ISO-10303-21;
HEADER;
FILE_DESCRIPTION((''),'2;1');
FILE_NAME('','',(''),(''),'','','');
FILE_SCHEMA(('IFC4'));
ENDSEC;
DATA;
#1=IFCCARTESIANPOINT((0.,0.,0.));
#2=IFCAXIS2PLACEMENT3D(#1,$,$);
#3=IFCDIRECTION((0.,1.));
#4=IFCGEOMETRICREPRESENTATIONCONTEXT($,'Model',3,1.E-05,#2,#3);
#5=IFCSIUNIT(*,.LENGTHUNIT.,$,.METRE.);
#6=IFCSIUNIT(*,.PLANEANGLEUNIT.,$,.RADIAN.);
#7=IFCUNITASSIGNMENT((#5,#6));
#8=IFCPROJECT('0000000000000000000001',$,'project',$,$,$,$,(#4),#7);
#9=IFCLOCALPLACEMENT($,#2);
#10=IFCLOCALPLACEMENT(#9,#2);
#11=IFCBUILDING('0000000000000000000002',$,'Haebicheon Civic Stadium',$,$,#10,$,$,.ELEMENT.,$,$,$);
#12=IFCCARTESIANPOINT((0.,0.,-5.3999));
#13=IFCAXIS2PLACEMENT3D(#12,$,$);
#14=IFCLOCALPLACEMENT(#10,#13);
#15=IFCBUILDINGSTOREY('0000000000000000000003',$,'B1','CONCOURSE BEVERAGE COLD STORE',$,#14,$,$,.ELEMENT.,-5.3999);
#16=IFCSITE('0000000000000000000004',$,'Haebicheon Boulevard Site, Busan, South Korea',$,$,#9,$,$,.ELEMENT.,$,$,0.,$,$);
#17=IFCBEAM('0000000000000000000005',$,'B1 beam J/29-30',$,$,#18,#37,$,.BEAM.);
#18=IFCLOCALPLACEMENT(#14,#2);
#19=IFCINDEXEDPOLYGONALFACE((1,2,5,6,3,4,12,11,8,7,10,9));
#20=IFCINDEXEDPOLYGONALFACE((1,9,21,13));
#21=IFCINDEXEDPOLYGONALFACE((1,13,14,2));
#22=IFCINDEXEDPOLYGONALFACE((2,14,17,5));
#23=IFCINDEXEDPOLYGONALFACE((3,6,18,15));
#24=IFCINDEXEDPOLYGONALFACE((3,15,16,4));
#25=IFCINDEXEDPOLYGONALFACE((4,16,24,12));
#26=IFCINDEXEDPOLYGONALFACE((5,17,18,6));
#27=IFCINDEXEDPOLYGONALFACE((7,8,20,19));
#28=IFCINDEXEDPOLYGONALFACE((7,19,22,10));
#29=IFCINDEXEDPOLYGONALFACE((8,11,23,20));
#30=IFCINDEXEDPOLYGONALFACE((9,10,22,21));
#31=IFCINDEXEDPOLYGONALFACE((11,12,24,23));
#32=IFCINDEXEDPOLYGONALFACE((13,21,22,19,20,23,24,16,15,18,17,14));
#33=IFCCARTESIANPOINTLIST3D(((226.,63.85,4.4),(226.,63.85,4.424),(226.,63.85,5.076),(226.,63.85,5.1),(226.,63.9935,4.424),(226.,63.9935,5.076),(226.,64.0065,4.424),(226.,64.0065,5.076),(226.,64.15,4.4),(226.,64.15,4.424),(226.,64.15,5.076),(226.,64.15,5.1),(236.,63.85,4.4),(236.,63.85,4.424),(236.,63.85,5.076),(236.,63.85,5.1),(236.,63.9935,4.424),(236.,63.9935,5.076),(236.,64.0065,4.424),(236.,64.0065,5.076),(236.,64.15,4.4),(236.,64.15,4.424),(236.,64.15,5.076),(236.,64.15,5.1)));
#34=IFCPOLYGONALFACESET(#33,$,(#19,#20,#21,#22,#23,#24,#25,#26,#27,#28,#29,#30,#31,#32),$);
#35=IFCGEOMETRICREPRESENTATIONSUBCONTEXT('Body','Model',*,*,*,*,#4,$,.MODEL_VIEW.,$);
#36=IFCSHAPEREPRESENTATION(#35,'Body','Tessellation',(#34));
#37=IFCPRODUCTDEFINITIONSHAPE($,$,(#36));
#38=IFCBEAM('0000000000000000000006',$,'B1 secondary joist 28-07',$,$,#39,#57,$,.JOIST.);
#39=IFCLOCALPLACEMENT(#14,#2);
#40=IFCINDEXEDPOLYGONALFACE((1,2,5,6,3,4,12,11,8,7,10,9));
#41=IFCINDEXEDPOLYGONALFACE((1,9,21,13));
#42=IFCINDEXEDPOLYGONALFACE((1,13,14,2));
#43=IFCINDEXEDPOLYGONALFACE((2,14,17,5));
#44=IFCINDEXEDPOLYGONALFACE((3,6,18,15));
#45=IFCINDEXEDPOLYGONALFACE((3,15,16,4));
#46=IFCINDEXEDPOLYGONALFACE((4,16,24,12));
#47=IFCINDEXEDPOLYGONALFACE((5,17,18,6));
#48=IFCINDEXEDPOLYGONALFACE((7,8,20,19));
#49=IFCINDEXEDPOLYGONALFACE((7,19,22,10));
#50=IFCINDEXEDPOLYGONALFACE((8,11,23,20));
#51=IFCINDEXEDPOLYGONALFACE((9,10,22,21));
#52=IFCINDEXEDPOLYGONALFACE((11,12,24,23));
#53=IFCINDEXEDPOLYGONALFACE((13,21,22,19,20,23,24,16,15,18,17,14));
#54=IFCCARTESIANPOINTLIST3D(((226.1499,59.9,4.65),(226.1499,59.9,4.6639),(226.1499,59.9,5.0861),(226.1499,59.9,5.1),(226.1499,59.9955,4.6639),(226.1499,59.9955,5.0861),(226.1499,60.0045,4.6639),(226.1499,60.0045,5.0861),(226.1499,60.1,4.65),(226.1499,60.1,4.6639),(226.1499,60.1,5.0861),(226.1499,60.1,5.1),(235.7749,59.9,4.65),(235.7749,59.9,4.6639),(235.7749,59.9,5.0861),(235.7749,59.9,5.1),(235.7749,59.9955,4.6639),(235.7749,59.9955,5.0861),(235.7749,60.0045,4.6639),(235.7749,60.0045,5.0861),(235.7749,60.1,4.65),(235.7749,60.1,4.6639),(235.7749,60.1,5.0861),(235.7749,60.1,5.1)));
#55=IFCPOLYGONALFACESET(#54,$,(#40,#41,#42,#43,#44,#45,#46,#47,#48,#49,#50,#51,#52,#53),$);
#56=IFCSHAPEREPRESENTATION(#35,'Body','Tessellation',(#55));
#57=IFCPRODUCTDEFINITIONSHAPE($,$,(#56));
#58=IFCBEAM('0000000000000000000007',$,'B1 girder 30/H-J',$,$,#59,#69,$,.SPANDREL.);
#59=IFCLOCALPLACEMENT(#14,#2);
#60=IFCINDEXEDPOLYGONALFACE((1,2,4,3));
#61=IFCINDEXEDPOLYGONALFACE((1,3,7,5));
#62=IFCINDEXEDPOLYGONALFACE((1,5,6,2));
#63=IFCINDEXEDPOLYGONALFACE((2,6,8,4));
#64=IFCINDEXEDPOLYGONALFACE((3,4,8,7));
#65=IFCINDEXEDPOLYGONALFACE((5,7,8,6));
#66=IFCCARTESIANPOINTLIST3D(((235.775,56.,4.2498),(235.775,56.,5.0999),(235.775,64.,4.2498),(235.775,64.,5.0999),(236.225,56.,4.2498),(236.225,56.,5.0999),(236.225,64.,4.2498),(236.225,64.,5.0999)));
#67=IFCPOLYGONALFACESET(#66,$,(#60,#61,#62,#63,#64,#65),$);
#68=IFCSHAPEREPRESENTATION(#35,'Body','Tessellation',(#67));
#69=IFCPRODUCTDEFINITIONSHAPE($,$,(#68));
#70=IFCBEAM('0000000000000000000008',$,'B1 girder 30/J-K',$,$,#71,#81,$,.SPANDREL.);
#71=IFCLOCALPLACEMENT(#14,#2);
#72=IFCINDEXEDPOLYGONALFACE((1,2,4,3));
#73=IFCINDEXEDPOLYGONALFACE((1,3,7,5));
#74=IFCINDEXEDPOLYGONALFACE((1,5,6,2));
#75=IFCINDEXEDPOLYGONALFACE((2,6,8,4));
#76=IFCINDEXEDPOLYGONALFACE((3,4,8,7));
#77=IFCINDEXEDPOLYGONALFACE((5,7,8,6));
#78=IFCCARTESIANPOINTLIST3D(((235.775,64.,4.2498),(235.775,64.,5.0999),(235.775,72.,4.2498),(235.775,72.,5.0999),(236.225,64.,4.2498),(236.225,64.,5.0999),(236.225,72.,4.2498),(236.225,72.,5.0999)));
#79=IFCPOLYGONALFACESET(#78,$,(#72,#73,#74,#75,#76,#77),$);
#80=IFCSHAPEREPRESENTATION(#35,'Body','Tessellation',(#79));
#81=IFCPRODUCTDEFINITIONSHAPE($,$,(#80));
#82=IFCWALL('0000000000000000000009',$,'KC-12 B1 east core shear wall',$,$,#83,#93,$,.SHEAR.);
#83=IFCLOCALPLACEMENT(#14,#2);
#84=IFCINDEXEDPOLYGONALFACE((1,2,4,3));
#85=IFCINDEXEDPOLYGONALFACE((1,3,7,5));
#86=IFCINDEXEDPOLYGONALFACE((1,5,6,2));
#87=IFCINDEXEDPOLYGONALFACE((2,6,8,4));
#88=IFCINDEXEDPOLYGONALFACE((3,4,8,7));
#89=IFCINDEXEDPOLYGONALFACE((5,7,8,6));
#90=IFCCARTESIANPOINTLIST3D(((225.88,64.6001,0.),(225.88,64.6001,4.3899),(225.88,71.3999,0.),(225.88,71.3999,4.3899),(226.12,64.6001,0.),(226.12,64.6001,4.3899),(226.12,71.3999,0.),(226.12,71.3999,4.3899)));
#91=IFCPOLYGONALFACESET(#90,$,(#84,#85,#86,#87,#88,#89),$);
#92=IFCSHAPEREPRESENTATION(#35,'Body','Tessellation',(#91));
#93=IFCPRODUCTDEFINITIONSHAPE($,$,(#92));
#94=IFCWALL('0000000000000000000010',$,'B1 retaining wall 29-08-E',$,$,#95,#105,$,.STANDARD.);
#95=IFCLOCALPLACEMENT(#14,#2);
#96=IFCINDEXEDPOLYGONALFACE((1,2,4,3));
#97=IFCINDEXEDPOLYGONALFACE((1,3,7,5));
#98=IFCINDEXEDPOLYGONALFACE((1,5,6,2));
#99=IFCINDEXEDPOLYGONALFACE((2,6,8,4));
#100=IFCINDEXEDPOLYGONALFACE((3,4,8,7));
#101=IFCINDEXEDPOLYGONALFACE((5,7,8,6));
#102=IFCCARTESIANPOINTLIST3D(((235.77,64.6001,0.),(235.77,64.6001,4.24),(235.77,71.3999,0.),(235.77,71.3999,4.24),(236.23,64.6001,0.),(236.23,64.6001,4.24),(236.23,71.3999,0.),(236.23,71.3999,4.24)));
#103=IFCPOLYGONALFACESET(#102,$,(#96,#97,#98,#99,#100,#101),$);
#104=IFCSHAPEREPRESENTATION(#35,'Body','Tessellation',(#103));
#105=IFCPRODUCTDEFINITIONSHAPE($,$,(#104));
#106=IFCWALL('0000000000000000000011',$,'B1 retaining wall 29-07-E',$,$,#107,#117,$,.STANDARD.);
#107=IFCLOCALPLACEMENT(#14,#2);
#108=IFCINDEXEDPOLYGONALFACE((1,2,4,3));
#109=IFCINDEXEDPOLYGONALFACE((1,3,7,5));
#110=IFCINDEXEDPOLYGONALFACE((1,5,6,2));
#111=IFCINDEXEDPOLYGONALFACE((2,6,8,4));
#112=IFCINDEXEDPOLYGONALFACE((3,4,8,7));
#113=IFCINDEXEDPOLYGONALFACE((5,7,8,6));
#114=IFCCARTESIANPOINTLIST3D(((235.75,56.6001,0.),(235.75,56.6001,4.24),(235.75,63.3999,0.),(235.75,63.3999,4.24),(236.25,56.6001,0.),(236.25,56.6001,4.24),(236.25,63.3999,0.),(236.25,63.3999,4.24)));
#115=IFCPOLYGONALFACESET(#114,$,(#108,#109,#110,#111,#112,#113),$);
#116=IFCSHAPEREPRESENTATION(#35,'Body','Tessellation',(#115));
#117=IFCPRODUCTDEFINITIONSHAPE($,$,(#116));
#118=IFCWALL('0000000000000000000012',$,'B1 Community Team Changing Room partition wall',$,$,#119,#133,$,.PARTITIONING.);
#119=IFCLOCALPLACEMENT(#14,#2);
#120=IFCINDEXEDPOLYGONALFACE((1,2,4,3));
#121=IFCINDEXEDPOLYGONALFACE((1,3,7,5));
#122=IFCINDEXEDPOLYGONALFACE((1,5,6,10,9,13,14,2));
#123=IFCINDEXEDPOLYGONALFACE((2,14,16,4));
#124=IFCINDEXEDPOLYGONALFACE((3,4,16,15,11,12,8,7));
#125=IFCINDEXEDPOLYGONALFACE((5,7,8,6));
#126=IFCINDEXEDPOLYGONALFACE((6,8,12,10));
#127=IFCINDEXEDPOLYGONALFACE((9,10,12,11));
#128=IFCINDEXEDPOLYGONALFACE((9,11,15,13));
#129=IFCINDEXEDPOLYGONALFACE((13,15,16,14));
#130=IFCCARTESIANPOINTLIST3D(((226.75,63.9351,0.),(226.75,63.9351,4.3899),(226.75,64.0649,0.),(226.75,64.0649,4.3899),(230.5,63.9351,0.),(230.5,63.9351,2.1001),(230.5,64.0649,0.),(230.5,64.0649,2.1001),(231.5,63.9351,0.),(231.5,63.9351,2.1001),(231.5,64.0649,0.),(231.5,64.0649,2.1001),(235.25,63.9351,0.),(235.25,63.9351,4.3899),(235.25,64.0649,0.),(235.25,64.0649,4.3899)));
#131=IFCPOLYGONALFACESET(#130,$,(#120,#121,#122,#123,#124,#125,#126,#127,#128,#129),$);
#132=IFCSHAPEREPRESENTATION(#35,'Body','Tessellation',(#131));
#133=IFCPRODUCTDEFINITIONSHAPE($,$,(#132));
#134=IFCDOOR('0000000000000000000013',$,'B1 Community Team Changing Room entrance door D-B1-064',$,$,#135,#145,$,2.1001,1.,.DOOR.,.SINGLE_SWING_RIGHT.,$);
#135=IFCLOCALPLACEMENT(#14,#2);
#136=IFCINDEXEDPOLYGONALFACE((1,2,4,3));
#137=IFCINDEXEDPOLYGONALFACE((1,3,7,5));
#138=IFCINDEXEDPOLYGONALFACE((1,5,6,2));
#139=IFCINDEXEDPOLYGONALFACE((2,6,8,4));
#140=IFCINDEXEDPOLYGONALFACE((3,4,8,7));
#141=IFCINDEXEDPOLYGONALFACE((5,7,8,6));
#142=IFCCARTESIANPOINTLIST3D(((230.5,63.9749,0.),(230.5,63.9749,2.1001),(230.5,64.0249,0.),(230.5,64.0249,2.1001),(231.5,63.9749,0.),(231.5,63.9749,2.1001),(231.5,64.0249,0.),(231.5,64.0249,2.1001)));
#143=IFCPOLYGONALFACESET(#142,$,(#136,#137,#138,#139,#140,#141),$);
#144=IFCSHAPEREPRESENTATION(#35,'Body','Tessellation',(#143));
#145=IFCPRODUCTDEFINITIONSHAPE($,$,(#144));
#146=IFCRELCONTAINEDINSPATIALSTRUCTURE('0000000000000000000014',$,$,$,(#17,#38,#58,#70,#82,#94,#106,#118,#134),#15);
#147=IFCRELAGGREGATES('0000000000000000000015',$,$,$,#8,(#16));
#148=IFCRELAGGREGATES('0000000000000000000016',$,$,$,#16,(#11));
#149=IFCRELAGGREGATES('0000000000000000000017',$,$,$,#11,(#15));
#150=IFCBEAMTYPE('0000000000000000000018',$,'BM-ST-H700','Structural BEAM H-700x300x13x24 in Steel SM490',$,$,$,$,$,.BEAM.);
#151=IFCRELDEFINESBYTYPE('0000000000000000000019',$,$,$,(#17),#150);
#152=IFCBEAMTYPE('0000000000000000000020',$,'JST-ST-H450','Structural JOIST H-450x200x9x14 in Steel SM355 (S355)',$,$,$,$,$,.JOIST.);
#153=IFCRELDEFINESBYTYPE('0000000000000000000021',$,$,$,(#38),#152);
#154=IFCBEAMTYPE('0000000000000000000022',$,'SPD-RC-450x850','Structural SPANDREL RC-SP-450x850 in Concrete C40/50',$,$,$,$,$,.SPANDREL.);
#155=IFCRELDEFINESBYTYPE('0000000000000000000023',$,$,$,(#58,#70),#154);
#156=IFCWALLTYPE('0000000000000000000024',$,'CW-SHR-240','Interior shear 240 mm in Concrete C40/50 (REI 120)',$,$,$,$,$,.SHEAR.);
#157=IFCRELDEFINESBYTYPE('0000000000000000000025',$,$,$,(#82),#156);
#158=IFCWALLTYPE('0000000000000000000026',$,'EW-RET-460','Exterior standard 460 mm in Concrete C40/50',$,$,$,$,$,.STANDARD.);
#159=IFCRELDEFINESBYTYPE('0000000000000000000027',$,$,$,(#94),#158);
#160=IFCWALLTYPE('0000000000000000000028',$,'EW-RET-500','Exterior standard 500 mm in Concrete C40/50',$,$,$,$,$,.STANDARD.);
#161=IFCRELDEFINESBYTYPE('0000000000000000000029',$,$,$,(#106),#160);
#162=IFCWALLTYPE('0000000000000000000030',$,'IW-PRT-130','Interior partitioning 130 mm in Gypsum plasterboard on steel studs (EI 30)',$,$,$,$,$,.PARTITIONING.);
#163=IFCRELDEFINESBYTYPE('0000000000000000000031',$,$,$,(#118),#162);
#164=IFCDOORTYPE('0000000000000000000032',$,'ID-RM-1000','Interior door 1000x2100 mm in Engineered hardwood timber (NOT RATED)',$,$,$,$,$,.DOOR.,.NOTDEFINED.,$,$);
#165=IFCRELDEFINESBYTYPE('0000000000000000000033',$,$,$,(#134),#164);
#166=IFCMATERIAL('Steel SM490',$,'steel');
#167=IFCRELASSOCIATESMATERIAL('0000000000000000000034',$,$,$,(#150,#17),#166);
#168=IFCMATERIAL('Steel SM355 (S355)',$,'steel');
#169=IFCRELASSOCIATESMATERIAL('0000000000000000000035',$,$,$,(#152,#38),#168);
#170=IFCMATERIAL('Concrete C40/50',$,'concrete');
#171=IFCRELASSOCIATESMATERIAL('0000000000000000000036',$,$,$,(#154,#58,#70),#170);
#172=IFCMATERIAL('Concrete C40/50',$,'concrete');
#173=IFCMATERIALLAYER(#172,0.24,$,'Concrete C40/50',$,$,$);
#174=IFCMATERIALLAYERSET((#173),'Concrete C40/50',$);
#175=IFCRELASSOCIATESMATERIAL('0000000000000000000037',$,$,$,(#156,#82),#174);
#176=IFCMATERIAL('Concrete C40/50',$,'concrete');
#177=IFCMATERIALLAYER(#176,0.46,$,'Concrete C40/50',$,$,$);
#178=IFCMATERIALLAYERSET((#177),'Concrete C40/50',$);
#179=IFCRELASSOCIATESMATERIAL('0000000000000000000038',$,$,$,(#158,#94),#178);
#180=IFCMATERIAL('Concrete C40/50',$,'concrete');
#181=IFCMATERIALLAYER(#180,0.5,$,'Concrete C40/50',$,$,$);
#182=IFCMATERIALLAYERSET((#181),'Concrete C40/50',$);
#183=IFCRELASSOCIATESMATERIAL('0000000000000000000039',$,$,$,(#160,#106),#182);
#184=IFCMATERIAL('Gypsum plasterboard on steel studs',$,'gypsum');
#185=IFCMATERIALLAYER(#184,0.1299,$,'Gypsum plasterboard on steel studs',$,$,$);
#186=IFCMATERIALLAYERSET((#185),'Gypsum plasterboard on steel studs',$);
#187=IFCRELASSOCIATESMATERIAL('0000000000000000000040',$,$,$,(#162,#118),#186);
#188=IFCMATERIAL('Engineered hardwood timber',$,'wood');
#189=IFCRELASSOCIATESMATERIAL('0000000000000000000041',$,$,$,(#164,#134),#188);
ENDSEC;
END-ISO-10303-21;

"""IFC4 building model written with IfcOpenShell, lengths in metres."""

from ifc_helpers import new_model, si_unit, direction, frame, frame_2d, origin, origin_2d, place, context, subcontext, project, spatial, rectangle, i_section, extrude, material, layer, layer_set, material_profile, profile_set, type_object, element, fill, save


model = new_model("IFC4")

# Units and contexts
model_context = context("Model", 3, precision=1e-05, world=origin(), true_north=direction((0.0, 1.0)))
body_context = subcontext(model_context, "Body", "Model", "MODEL_VIEW")
ifc_project = project(units=[si_unit("LENGTHUNIT", "METRE"), si_unit("PLANEANGLEUNIT", "RADIAN")], contexts=[model_context])

# Site, building, storey
site_placement = place(None, origin())
site = spatial("IfcSite", under=ifc_project, at=site_placement, Name="Haebicheon Boulevard Site, Busan, South Korea", CompositionType="ELEMENT", RefElevation=0.0)
building_placement = place(site_placement, origin())
building = spatial("IfcBuilding", under=site, at=building_placement, Name="Haebicheon Civic Stadium", CompositionType="ELEMENT")
storey_placement = place(building_placement, frame((0.0, 0.0, -5.3999)))
storey = spatial("IfcBuildingStorey", under=building, at=storey_placement, Name="B1", Description="CONCOURSE BEVERAGE COLD STORE", CompositionType="ELEMENT", Elevation=-5.3999)

# Beams
ifc_material_1 = material(Name="Steel SM490", Category="steel")
ifc_material_profile_1 = material_profile(ifc_material_1, i_section(OverallWidth=0.3, OverallDepth=0.7, WebThickness=0.0129, FlangeThickness=0.0239, at=origin_2d()), Name="H-700x300x13x24")
ifc_profile_set_1 = profile_set([ifc_material_profile_1], Name="Steel SM490")
beam_type_1 = type_object("IfcBeamType", Name="BM-ST-H700", Description="Structural BEAM H-700x300x13x24 in Steel SM490", PredefinedType="BEAM", material=ifc_profile_set_1)
beam_1_placement = place(storey_placement, frame((226.0, 64.0, 4.75), z_axis=(1.0, 0.0, 0.0), x_axis=(0.0, 1.0, 0.0)))
element("IfcBeam", 1, at=beam_1_placement, inside=storey, type_object=beam_type_1, material=ifc_profile_set_1, Name="B1 beam J/29-30", PredefinedType="BEAM", context=body_context, shape_type="SweptSolid", body=[
    extrude(i_section(OverallWidth=0.3, OverallDepth=0.7, WebThickness=0.0129, FlangeThickness=0.0239, at=origin_2d()), origin(), (0.0, 0.0, 1.0), 10.0),
])
ifc_material_2 = material(Name="Steel SM355 (S355)", Category="steel")
ifc_material_profile_2 = material_profile(ifc_material_2, i_section(OverallWidth=0.2, OverallDepth=0.45, WebThickness=0.009, FlangeThickness=0.0139, at=origin_2d()), Name="H-450x200x9x14")
ifc_profile_set_2 = profile_set([ifc_material_profile_2], Name="Steel SM355 (S355)")
beam_type_2 = type_object("IfcBeamType", Name="JST-ST-H450", Description="Structural JOIST H-450x200x9x14 in Steel SM355 (S355)", PredefinedType="JOIST", material=ifc_profile_set_2)
beam_2_placement = place(storey_placement, frame((226.1499, 60.0, 4.875), z_axis=(1.0, 0.0, 0.0), x_axis=(0.0, 1.0, 0.0)))
element("IfcBeam", 2, at=beam_2_placement, inside=storey, type_object=beam_type_2, material=ifc_profile_set_2, Name="B1 secondary joist 28-07", PredefinedType="JOIST", context=body_context, shape_type="SweptSolid", body=[
    extrude(i_section(OverallWidth=0.2, OverallDepth=0.45, WebThickness=0.009, FlangeThickness=0.0139, at=origin_2d()), origin(), (0.0, 0.0, 1.0), 9.625),
])
ifc_material_3 = material(Name="Concrete C40/50", Category="concrete")
ifc_material_profile_3 = material_profile(ifc_material_3, rectangle(XDim=0.45, YDim=0.8501, at=origin_2d()), Name="RC-SP-450x850")
ifc_profile_set_3 = profile_set([ifc_material_profile_3], Name="Concrete C40/50")
beam_type_3 = type_object("IfcBeamType", Name="SPD-RC-450x850", Description="Structural SPANDREL RC-SP-450x850 in Concrete C40/50", PredefinedType="SPANDREL", material=ifc_profile_set_3)
for number, where, z_axis, x_axis, name in (
    (3, (236.0, 56.0, 4.6748), (0.0, 1.0, 0.0), (-1.0, 0.0, 0.0), "B1 girder 30/H-J"),
    (4, (236.0, 64.0, 4.6748), (0.0, 1.0, 0.0), (-1.0, 0.0, 0.0), "B1 girder 30/J-K"),
):
    element("IfcBeam", number, at=place(storey_placement, frame(where, z_axis=z_axis, x_axis=x_axis)), inside=storey, type_object=beam_type_3, material=ifc_profile_set_3, Name=name, PredefinedType="SPANDREL", context=body_context, shape_type="SweptSolid", body=[
        extrude(rectangle(XDim=0.45, YDim=0.8501, at=origin_2d()), origin(), (0.0, 0.0, 1.0), 8.0),
    ])

# Walls
ifc_material_4 = material(Name="Concrete C40/50", Category="concrete")
ifc_layer_1 = layer(ifc_material_4, 0.24, Name="Concrete C40/50")
ifc_layer_set_1 = layer_set([ifc_layer_1], Name="Concrete C40/50")
wall_type_1 = type_object("IfcWallType", Name="CW-SHR-240", Description="Interior shear 240 mm in Concrete C40/50 (REI 120)", PredefinedType="SHEAR", material=ifc_layer_set_1)
wall_1_placement = place(storey_placement, frame((226.0, 64.6001, 0.0), z_axis=(0.0, 0.0, 1.0), x_axis=(0.0, 1.0, 0.0)))
element("IfcWall", 5, at=wall_1_placement, inside=storey, type_object=wall_type_1, material=ifc_layer_set_1, Name="KC-12 B1 east core shear wall", PredefinedType="SHEAR", context=body_context, shape_type="SweptSolid", body=[
    extrude(rectangle(XDim=6.7998, YDim=0.24, at=frame_2d((3.3999, 0.0))), origin(), (0.0, 0.0, 1.0), 4.3899),
])
ifc_material_5 = material(Name="Concrete C40/50", Category="concrete")
ifc_layer_2 = layer(ifc_material_5, 0.46, Name="Concrete C40/50")
ifc_layer_set_2 = layer_set([ifc_layer_2], Name="Concrete C40/50")
wall_type_2 = type_object("IfcWallType", Name="EW-RET-460", Description="Exterior standard 460 mm in Concrete C40/50", PredefinedType="STANDARD", material=ifc_layer_set_2)
wall_2_placement = place(storey_placement, frame((236.0, 64.6001, 0.0), z_axis=(0.0, 0.0, 1.0), x_axis=(0.0, 1.0, 0.0)))
element("IfcWall", 6, at=wall_2_placement, inside=storey, type_object=wall_type_2, material=ifc_layer_set_2, Name="B1 retaining wall 29-08-E", PredefinedType="STANDARD", context=body_context, shape_type="SweptSolid", body=[
    extrude(rectangle(XDim=6.7998, YDim=0.46, at=frame_2d((3.3999, 0.0))), origin(), (0.0, 0.0, 1.0), 4.24),
])
ifc_material_6 = material(Name="Concrete C40/50", Category="concrete")
ifc_layer_3 = layer(ifc_material_6, 0.5, Name="Concrete C40/50")
ifc_layer_set_3 = layer_set([ifc_layer_3], Name="Concrete C40/50")
wall_type_3 = type_object("IfcWallType", Name="EW-RET-500", Description="Exterior standard 500 mm in Concrete C40/50", PredefinedType="STANDARD", material=ifc_layer_set_3)
wall_3_placement = place(storey_placement, frame((236.0, 56.6001, 0.0), z_axis=(0.0, 0.0, 1.0), x_axis=(0.0, 1.0, 0.0)))
element("IfcWall", 7, at=wall_3_placement, inside=storey, type_object=wall_type_3, material=ifc_layer_set_3, Name="B1 retaining wall 29-07-E", PredefinedType="STANDARD", context=body_context, shape_type="SweptSolid", body=[
    extrude(rectangle(XDim=6.7998, YDim=0.5, at=frame_2d((3.3999, 0.0))), origin(), (0.0, 0.0, 1.0), 4.24),
])

# Wall, opening, door
ifc_material_7 = material(Name="Gypsum plasterboard on steel studs", Category="gypsum")
ifc_layer_4 = layer(ifc_material_7, 0.1299, Name="Gypsum plasterboard on steel studs")
ifc_layer_set_4 = layer_set([ifc_layer_4], Name="Gypsum plasterboard on steel studs")
wall_type_4 = type_object("IfcWallType", Name="IW-PRT-130", Description="Interior partitioning 130 mm in Gypsum plasterboard on steel studs (EI 30)", PredefinedType="PARTITIONING", material=ifc_layer_set_4)
wall_4_placement = place(storey_placement, frame((226.75, 64.0, 0.0), z_axis=(0.0, 0.0, 1.0), x_axis=(1.0, 0.0, 0.0)))
wall_4 = element("IfcWall", 8, at=wall_4_placement, inside=storey, type_object=wall_type_4, material=ifc_layer_set_4, Name="B1 Community Team Changing Room partition wall", PredefinedType="PARTITIONING", context=body_context, shape_type="SweptSolid", body=[
    extrude(rectangle(XDim=8.5, YDim=0.1299, at=frame_2d((4.25, 0.0))), origin(), (0.0, 0.0, 1.0), 4.3899),
])
opening_placement = place(wall_4_placement, frame((3.75, 0.0, 0.0)))
opening = element("IfcOpeningElement", 9, at=opening_placement, cuts=wall_4, PredefinedType="OPENING", context=body_context, shape_type="SweptSolid", body=[
    extrude(rectangle(XDim=1.0, YDim=2.1001, at=frame_2d((0.5, 1.05))), frame((0.0, 0.075, 0.0), z_axis=(0.0, -1.0, 0.0), x_axis=(1.0, 0.0, 0.0)), (0.0, 0.0, 1.0), 0.1499),
])
ifc_material_8 = material(Name="Engineered hardwood timber", Category="wood")
door_type = type_object("IfcDoorType", Name="ID-RM-1000", Description="Interior door 1000x2100 mm in Engineered hardwood timber (NOT RATED)", OperationType="NOTDEFINED", PredefinedType="DOOR", material=ifc_material_8)
door_placement = place(opening_placement, origin())
door = element("IfcDoor", 10, at=door_placement, inside=storey, type_object=door_type, material=ifc_material_8, Name="B1 Community Team Changing Room entrance door D-B1-064", OperationType="SINGLE_SWING_RIGHT", OverallHeight=2.1001, OverallWidth=1.0, PredefinedType="DOOR", context=body_context, shape_type="SweptSolid", body=[
    extrude(rectangle(XDim=1.0, YDim=2.1001, at=frame_2d((0.5, 1.05))), frame((0.0, 0.0249, 0.0), z_axis=(0.0, -1.0, 0.0), x_axis=(1.0, 0.0, 0.0)), (0.0, 0.0, 1.0), 0.05),
])
fill(opening, door)

save(model, "model.ifc")
